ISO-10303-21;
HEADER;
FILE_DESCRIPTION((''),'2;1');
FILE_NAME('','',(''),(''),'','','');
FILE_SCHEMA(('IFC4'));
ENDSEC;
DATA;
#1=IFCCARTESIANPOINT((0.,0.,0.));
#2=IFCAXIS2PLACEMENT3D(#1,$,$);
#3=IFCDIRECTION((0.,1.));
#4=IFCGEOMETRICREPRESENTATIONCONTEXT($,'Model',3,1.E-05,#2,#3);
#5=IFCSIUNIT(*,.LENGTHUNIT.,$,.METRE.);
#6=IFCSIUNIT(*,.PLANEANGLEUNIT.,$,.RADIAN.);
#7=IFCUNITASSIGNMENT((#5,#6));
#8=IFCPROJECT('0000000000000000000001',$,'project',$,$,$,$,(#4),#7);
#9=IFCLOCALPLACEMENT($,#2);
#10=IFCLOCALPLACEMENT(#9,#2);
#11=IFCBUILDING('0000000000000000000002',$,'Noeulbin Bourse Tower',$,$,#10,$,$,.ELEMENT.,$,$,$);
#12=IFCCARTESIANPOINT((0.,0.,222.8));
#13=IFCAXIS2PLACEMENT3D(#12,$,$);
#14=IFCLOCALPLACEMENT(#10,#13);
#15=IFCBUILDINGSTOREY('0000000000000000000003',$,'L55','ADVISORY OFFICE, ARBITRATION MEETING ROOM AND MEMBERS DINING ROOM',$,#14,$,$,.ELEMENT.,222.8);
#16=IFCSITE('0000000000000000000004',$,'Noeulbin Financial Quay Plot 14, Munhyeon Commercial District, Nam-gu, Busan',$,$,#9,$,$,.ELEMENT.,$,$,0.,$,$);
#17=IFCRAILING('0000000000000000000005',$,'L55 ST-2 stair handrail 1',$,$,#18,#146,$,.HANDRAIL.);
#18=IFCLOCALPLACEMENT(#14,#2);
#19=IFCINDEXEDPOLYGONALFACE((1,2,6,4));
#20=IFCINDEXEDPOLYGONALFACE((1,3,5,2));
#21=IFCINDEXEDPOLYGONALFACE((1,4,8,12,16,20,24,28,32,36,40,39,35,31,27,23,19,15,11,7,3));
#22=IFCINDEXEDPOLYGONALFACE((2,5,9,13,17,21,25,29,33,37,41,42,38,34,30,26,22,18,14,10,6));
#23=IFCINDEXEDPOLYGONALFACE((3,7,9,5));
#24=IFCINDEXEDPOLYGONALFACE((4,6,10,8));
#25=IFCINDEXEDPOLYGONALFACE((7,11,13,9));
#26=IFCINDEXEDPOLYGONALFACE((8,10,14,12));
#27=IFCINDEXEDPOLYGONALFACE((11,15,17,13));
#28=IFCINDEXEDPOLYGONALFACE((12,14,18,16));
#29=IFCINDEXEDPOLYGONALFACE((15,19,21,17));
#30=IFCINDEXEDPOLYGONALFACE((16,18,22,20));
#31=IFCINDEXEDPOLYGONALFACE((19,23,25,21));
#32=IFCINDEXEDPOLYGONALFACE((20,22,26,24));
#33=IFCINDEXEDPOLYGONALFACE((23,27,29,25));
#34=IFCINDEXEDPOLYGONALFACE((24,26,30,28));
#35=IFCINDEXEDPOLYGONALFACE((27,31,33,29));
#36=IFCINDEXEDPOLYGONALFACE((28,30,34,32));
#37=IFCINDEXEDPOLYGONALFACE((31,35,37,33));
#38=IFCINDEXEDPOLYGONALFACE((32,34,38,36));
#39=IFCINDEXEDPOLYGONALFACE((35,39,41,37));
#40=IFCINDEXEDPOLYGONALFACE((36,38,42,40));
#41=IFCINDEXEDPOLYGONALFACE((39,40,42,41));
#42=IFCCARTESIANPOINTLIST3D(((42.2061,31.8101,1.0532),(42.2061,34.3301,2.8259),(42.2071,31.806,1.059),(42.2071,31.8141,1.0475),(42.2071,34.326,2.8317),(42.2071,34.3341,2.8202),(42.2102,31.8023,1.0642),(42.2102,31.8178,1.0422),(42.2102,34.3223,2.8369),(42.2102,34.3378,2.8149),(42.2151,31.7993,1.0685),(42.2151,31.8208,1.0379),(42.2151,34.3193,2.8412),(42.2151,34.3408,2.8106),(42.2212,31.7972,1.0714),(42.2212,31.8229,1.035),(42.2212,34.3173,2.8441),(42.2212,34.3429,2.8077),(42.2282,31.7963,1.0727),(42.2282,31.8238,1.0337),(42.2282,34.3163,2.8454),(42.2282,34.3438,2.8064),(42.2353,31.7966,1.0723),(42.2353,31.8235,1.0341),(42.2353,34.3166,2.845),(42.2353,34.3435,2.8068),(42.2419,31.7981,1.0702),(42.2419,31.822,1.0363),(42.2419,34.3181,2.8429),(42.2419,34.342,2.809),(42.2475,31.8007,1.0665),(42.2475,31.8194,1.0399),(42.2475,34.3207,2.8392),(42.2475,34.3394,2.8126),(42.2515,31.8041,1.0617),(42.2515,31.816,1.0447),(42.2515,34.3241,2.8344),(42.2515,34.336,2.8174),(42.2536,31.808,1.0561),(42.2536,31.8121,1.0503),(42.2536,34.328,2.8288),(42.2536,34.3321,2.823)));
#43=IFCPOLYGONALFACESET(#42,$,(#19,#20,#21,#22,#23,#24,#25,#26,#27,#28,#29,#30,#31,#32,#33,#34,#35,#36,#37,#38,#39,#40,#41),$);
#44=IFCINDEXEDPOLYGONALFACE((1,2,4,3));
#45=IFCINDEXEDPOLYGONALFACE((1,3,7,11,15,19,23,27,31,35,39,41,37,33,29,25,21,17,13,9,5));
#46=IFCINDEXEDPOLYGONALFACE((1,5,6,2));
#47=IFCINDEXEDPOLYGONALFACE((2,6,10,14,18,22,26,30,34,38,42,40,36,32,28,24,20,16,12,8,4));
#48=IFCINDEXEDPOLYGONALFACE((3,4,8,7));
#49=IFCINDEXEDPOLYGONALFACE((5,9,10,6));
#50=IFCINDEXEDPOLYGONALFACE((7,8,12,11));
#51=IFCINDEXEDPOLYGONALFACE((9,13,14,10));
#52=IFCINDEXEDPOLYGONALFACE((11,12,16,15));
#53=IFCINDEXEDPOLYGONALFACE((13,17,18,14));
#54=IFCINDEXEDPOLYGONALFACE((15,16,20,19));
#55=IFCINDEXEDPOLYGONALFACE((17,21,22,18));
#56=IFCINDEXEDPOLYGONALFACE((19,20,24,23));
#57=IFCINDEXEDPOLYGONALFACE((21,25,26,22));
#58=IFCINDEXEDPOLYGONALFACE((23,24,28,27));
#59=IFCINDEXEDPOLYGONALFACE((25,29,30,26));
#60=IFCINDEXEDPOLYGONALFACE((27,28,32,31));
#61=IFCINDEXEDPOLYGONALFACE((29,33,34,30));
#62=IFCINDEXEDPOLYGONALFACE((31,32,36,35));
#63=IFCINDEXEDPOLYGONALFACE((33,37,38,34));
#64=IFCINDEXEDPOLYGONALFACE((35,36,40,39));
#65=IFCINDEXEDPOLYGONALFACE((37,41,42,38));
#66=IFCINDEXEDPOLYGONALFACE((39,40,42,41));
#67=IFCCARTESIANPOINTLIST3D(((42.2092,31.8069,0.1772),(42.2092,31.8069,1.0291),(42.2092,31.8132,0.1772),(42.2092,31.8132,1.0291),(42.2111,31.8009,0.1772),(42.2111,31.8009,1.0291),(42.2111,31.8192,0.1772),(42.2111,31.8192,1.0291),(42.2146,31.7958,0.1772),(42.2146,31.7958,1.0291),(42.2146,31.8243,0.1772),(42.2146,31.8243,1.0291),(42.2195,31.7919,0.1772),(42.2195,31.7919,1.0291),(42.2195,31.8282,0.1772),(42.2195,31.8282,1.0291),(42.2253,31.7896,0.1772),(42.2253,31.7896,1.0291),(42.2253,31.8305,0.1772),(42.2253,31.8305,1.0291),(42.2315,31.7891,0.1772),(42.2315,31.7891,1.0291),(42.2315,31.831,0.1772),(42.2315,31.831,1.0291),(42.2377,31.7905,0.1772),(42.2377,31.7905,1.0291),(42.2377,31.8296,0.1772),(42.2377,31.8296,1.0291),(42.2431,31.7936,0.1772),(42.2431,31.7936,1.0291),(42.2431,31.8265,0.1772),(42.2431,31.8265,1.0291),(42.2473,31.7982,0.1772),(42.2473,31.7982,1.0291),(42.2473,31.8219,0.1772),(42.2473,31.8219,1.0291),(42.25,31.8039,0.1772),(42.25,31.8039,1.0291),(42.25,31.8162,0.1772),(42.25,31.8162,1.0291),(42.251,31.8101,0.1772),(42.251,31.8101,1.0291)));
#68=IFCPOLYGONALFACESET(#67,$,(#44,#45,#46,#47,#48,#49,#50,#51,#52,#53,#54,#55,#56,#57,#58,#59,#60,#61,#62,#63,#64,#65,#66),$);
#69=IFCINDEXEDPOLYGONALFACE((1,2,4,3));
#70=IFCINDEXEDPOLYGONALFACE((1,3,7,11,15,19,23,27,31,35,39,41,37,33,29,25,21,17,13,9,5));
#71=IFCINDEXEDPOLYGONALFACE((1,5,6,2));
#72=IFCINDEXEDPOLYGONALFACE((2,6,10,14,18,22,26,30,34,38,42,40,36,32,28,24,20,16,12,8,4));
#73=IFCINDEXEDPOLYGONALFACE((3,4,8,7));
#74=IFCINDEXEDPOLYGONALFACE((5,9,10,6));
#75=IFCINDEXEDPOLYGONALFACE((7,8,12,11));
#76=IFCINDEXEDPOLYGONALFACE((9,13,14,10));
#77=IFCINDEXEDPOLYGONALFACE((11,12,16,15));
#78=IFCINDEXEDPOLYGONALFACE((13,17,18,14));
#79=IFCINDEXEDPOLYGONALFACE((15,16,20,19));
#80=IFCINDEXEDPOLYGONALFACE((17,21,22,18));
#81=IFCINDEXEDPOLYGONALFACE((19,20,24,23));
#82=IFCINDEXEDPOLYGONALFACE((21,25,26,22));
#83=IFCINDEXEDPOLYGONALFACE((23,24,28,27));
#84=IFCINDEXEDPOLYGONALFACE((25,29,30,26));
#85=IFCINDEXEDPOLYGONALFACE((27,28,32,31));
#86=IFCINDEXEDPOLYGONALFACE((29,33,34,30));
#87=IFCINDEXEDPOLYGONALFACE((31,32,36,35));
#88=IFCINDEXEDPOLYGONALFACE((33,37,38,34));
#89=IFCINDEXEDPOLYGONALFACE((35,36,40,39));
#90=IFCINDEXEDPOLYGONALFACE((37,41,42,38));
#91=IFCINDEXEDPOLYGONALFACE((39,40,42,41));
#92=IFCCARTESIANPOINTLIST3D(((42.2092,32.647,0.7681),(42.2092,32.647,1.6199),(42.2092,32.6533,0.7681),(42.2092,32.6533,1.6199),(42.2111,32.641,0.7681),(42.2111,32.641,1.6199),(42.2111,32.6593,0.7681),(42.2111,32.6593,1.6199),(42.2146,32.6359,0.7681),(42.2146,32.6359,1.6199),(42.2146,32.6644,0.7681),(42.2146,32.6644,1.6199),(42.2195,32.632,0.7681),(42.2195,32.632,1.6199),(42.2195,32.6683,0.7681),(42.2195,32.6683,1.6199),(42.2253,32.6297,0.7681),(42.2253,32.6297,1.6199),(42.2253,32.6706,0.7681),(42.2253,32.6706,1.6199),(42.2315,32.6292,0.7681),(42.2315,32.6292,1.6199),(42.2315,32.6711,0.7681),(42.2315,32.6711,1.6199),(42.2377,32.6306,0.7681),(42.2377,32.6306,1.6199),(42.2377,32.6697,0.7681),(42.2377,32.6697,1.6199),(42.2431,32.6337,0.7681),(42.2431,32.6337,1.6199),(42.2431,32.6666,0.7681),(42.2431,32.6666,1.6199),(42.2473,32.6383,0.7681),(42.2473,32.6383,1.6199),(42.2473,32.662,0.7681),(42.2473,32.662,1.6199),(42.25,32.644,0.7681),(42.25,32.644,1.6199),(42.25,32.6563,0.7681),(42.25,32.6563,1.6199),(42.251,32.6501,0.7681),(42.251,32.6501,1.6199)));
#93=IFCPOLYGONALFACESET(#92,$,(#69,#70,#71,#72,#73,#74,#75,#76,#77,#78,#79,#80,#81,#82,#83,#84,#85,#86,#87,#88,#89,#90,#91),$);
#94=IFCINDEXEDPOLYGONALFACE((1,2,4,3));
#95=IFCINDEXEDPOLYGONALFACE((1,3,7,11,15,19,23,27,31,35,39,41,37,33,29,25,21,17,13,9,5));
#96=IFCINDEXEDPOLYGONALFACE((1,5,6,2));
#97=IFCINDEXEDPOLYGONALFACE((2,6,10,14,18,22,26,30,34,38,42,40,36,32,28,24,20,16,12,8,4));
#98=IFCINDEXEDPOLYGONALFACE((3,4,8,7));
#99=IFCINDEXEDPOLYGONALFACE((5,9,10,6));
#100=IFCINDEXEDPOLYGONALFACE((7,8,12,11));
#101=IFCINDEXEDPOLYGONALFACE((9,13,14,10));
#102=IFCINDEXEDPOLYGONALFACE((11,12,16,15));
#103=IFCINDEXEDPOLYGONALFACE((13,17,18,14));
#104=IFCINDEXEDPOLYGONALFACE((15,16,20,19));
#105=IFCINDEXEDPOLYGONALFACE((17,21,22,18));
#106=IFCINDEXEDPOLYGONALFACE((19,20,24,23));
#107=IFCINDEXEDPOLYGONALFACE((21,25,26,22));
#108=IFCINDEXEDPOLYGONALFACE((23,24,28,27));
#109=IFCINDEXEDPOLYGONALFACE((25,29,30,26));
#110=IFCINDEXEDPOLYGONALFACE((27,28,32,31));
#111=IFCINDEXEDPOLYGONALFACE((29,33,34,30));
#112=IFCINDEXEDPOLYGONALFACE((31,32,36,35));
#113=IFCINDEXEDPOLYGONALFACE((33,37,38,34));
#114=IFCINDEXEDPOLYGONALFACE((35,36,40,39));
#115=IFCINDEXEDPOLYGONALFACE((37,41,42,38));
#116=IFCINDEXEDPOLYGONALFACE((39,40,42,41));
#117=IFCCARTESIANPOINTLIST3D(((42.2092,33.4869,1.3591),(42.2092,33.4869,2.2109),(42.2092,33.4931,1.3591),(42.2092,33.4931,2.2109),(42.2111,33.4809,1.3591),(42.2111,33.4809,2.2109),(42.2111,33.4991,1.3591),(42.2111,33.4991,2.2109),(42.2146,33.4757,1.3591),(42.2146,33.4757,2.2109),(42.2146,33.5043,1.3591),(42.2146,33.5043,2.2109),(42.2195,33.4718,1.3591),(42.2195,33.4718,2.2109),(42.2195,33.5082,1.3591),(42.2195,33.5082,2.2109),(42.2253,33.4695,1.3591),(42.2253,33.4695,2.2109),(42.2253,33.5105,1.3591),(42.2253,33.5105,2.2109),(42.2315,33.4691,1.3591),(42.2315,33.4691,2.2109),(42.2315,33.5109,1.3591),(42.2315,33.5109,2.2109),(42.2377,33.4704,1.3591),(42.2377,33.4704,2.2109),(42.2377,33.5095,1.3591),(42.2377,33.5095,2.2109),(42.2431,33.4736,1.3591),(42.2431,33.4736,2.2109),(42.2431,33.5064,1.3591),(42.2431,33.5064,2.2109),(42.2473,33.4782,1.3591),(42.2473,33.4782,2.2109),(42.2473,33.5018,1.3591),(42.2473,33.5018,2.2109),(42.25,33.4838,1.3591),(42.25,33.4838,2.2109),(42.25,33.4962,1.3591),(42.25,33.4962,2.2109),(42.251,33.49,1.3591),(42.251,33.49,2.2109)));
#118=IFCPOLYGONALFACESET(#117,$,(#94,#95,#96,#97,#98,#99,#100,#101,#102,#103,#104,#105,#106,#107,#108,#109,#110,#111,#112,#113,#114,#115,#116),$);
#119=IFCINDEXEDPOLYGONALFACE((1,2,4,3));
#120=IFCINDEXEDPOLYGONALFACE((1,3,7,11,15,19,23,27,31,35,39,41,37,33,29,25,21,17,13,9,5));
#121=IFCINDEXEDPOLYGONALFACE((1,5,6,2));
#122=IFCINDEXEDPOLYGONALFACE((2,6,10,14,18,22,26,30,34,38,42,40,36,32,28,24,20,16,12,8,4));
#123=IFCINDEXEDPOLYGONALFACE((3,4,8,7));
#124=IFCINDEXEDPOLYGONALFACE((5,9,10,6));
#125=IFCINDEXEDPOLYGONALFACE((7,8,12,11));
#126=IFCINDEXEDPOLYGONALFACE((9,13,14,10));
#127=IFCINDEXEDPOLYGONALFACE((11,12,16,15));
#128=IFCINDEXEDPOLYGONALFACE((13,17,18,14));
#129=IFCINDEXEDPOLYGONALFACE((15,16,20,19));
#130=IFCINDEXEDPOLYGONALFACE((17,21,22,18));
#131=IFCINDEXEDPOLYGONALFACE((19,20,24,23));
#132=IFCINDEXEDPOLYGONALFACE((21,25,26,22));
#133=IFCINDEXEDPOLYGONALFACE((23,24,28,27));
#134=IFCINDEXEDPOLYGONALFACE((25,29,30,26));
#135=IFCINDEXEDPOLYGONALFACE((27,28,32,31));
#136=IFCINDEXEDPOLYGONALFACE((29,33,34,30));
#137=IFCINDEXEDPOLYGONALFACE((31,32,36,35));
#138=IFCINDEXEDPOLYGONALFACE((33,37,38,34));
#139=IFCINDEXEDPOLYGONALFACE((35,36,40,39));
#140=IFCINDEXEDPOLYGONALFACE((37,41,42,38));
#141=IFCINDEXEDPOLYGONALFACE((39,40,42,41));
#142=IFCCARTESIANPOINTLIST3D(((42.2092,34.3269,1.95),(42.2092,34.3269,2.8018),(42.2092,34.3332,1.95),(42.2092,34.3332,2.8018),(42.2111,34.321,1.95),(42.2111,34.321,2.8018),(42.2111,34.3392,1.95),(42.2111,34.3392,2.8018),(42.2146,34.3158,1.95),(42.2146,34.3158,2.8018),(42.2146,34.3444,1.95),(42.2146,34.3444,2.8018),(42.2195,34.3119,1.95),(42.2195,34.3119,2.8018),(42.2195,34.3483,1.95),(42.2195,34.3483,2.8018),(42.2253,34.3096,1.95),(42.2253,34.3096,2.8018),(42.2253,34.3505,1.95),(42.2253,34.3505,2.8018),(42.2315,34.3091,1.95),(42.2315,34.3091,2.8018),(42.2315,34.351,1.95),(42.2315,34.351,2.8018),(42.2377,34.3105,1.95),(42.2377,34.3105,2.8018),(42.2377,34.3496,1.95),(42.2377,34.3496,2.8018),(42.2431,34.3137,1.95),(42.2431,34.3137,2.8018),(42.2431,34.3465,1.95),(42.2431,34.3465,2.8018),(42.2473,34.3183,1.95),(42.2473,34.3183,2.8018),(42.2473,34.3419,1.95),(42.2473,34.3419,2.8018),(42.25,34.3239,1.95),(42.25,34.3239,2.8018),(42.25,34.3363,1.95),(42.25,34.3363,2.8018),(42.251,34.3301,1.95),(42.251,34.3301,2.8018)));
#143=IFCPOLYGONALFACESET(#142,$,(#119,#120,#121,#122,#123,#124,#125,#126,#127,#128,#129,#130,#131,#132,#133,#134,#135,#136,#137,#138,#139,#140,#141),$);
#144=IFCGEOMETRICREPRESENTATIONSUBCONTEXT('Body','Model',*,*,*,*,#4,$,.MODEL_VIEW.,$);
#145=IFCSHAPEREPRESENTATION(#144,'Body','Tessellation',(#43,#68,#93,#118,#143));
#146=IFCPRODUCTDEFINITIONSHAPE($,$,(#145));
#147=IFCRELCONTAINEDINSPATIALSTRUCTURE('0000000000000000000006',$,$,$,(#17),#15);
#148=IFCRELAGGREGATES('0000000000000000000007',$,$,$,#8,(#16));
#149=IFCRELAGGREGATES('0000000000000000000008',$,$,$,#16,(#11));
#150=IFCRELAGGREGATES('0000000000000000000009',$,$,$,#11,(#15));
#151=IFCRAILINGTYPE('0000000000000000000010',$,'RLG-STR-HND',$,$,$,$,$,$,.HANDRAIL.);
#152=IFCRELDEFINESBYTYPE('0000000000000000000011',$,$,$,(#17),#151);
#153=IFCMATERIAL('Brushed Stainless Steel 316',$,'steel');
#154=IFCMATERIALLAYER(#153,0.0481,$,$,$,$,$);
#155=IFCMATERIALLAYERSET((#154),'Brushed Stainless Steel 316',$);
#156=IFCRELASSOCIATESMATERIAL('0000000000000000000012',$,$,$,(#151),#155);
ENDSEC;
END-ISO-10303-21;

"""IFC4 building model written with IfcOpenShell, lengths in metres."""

from ifc_helpers import new_model, si_unit, direction, frame, origin, origin_2d, place, context, subcontext, project, spatial, circle, extrude, material, layer, layer_set, type_object, element, save


model = new_model("IFC4")

# Units and contexts
model_context = context("Model", 3, precision=1e-05, world=origin(), true_north=direction((0.0, 1.0)))
body_context = subcontext(model_context, "Body", "Model", "MODEL_VIEW")
ifc_project = project(units=[si_unit("LENGTHUNIT", "METRE"), si_unit("PLANEANGLEUNIT", "RADIAN")], contexts=[model_context])

# Site, building, storey
site_placement = place(None, origin())
site = spatial("IfcSite", under=ifc_project, at=site_placement, Name="Noeulbin Financial Quay Plot 14, Munhyeon Commercial District, Nam-gu, Busan", CompositionType="ELEMENT", RefElevation=0.0)
building_placement = place(site_placement, origin())
building = spatial("IfcBuilding", under=site, at=building_placement, Name="Noeulbin Bourse Tower", CompositionType="ELEMENT")
storey_placement = place(building_placement, frame((0.0, 0.0, 222.8)))
storey = spatial("IfcBuildingStorey", under=building, at=storey_placement, Name="L55", Description="ADVISORY OFFICE, ARBITRATION MEETING ROOM AND MEMBERS DINING ROOM", CompositionType="ELEMENT", Elevation=222.8)

# Railing
ifc_material_1 = material(Name="Brushed Stainless Steel 316", Category="steel")
ifc_layer_1 = layer(ifc_material_1, 0.0481)
ifc_layer_set_1 = layer_set([ifc_layer_1], Name="Brushed Stainless Steel 316")
railing_type_1 = type_object("IfcRailingType", Name="RLG-STR-HND", PredefinedType="HANDRAIL", material=ifc_layer_set_1)
railing_1_placement = place(storey_placement, frame((42.23, 31.8101, 0.1772)))
element("IfcRailing", 1, at=railing_1_placement, inside=storey, type_object=railing_type_1, Name="L55 ST-2 stair handrail 1", PredefinedType="HANDRAIL", context=body_context, shape_type="SweptSolid", body=[
    extrude(circle(Radius=0.0239, at=origin_2d()), frame((0.0, 0.0, 0.876), z_axis=(0.0, 0.817904, 0.575354), x_axis=(-1.0, 0.0, 0.0)), (0.0, 0.0, 1.0), 3.0811),
    extrude(circle(Radius=0.021, at=origin_2d()), origin(), (0.0, 0.0, 1.0), 0.8518),
    extrude(circle(Radius=0.021, at=origin_2d()), frame((0.0, 0.8401, 0.5908)), (0.0, 0.0, 1.0), 0.8518),
    extrude(circle(Radius=0.021, at=origin_2d()), frame((0.0, 1.6799, 1.1819)), (0.0, 0.0, 1.0), 0.8518),
    extrude(circle(Radius=0.021, at=origin_2d()), frame((0.0, 2.52, 1.7727)), (0.0, 0.0, 1.0), 0.8518),
])

save(model, "model.ifc")
